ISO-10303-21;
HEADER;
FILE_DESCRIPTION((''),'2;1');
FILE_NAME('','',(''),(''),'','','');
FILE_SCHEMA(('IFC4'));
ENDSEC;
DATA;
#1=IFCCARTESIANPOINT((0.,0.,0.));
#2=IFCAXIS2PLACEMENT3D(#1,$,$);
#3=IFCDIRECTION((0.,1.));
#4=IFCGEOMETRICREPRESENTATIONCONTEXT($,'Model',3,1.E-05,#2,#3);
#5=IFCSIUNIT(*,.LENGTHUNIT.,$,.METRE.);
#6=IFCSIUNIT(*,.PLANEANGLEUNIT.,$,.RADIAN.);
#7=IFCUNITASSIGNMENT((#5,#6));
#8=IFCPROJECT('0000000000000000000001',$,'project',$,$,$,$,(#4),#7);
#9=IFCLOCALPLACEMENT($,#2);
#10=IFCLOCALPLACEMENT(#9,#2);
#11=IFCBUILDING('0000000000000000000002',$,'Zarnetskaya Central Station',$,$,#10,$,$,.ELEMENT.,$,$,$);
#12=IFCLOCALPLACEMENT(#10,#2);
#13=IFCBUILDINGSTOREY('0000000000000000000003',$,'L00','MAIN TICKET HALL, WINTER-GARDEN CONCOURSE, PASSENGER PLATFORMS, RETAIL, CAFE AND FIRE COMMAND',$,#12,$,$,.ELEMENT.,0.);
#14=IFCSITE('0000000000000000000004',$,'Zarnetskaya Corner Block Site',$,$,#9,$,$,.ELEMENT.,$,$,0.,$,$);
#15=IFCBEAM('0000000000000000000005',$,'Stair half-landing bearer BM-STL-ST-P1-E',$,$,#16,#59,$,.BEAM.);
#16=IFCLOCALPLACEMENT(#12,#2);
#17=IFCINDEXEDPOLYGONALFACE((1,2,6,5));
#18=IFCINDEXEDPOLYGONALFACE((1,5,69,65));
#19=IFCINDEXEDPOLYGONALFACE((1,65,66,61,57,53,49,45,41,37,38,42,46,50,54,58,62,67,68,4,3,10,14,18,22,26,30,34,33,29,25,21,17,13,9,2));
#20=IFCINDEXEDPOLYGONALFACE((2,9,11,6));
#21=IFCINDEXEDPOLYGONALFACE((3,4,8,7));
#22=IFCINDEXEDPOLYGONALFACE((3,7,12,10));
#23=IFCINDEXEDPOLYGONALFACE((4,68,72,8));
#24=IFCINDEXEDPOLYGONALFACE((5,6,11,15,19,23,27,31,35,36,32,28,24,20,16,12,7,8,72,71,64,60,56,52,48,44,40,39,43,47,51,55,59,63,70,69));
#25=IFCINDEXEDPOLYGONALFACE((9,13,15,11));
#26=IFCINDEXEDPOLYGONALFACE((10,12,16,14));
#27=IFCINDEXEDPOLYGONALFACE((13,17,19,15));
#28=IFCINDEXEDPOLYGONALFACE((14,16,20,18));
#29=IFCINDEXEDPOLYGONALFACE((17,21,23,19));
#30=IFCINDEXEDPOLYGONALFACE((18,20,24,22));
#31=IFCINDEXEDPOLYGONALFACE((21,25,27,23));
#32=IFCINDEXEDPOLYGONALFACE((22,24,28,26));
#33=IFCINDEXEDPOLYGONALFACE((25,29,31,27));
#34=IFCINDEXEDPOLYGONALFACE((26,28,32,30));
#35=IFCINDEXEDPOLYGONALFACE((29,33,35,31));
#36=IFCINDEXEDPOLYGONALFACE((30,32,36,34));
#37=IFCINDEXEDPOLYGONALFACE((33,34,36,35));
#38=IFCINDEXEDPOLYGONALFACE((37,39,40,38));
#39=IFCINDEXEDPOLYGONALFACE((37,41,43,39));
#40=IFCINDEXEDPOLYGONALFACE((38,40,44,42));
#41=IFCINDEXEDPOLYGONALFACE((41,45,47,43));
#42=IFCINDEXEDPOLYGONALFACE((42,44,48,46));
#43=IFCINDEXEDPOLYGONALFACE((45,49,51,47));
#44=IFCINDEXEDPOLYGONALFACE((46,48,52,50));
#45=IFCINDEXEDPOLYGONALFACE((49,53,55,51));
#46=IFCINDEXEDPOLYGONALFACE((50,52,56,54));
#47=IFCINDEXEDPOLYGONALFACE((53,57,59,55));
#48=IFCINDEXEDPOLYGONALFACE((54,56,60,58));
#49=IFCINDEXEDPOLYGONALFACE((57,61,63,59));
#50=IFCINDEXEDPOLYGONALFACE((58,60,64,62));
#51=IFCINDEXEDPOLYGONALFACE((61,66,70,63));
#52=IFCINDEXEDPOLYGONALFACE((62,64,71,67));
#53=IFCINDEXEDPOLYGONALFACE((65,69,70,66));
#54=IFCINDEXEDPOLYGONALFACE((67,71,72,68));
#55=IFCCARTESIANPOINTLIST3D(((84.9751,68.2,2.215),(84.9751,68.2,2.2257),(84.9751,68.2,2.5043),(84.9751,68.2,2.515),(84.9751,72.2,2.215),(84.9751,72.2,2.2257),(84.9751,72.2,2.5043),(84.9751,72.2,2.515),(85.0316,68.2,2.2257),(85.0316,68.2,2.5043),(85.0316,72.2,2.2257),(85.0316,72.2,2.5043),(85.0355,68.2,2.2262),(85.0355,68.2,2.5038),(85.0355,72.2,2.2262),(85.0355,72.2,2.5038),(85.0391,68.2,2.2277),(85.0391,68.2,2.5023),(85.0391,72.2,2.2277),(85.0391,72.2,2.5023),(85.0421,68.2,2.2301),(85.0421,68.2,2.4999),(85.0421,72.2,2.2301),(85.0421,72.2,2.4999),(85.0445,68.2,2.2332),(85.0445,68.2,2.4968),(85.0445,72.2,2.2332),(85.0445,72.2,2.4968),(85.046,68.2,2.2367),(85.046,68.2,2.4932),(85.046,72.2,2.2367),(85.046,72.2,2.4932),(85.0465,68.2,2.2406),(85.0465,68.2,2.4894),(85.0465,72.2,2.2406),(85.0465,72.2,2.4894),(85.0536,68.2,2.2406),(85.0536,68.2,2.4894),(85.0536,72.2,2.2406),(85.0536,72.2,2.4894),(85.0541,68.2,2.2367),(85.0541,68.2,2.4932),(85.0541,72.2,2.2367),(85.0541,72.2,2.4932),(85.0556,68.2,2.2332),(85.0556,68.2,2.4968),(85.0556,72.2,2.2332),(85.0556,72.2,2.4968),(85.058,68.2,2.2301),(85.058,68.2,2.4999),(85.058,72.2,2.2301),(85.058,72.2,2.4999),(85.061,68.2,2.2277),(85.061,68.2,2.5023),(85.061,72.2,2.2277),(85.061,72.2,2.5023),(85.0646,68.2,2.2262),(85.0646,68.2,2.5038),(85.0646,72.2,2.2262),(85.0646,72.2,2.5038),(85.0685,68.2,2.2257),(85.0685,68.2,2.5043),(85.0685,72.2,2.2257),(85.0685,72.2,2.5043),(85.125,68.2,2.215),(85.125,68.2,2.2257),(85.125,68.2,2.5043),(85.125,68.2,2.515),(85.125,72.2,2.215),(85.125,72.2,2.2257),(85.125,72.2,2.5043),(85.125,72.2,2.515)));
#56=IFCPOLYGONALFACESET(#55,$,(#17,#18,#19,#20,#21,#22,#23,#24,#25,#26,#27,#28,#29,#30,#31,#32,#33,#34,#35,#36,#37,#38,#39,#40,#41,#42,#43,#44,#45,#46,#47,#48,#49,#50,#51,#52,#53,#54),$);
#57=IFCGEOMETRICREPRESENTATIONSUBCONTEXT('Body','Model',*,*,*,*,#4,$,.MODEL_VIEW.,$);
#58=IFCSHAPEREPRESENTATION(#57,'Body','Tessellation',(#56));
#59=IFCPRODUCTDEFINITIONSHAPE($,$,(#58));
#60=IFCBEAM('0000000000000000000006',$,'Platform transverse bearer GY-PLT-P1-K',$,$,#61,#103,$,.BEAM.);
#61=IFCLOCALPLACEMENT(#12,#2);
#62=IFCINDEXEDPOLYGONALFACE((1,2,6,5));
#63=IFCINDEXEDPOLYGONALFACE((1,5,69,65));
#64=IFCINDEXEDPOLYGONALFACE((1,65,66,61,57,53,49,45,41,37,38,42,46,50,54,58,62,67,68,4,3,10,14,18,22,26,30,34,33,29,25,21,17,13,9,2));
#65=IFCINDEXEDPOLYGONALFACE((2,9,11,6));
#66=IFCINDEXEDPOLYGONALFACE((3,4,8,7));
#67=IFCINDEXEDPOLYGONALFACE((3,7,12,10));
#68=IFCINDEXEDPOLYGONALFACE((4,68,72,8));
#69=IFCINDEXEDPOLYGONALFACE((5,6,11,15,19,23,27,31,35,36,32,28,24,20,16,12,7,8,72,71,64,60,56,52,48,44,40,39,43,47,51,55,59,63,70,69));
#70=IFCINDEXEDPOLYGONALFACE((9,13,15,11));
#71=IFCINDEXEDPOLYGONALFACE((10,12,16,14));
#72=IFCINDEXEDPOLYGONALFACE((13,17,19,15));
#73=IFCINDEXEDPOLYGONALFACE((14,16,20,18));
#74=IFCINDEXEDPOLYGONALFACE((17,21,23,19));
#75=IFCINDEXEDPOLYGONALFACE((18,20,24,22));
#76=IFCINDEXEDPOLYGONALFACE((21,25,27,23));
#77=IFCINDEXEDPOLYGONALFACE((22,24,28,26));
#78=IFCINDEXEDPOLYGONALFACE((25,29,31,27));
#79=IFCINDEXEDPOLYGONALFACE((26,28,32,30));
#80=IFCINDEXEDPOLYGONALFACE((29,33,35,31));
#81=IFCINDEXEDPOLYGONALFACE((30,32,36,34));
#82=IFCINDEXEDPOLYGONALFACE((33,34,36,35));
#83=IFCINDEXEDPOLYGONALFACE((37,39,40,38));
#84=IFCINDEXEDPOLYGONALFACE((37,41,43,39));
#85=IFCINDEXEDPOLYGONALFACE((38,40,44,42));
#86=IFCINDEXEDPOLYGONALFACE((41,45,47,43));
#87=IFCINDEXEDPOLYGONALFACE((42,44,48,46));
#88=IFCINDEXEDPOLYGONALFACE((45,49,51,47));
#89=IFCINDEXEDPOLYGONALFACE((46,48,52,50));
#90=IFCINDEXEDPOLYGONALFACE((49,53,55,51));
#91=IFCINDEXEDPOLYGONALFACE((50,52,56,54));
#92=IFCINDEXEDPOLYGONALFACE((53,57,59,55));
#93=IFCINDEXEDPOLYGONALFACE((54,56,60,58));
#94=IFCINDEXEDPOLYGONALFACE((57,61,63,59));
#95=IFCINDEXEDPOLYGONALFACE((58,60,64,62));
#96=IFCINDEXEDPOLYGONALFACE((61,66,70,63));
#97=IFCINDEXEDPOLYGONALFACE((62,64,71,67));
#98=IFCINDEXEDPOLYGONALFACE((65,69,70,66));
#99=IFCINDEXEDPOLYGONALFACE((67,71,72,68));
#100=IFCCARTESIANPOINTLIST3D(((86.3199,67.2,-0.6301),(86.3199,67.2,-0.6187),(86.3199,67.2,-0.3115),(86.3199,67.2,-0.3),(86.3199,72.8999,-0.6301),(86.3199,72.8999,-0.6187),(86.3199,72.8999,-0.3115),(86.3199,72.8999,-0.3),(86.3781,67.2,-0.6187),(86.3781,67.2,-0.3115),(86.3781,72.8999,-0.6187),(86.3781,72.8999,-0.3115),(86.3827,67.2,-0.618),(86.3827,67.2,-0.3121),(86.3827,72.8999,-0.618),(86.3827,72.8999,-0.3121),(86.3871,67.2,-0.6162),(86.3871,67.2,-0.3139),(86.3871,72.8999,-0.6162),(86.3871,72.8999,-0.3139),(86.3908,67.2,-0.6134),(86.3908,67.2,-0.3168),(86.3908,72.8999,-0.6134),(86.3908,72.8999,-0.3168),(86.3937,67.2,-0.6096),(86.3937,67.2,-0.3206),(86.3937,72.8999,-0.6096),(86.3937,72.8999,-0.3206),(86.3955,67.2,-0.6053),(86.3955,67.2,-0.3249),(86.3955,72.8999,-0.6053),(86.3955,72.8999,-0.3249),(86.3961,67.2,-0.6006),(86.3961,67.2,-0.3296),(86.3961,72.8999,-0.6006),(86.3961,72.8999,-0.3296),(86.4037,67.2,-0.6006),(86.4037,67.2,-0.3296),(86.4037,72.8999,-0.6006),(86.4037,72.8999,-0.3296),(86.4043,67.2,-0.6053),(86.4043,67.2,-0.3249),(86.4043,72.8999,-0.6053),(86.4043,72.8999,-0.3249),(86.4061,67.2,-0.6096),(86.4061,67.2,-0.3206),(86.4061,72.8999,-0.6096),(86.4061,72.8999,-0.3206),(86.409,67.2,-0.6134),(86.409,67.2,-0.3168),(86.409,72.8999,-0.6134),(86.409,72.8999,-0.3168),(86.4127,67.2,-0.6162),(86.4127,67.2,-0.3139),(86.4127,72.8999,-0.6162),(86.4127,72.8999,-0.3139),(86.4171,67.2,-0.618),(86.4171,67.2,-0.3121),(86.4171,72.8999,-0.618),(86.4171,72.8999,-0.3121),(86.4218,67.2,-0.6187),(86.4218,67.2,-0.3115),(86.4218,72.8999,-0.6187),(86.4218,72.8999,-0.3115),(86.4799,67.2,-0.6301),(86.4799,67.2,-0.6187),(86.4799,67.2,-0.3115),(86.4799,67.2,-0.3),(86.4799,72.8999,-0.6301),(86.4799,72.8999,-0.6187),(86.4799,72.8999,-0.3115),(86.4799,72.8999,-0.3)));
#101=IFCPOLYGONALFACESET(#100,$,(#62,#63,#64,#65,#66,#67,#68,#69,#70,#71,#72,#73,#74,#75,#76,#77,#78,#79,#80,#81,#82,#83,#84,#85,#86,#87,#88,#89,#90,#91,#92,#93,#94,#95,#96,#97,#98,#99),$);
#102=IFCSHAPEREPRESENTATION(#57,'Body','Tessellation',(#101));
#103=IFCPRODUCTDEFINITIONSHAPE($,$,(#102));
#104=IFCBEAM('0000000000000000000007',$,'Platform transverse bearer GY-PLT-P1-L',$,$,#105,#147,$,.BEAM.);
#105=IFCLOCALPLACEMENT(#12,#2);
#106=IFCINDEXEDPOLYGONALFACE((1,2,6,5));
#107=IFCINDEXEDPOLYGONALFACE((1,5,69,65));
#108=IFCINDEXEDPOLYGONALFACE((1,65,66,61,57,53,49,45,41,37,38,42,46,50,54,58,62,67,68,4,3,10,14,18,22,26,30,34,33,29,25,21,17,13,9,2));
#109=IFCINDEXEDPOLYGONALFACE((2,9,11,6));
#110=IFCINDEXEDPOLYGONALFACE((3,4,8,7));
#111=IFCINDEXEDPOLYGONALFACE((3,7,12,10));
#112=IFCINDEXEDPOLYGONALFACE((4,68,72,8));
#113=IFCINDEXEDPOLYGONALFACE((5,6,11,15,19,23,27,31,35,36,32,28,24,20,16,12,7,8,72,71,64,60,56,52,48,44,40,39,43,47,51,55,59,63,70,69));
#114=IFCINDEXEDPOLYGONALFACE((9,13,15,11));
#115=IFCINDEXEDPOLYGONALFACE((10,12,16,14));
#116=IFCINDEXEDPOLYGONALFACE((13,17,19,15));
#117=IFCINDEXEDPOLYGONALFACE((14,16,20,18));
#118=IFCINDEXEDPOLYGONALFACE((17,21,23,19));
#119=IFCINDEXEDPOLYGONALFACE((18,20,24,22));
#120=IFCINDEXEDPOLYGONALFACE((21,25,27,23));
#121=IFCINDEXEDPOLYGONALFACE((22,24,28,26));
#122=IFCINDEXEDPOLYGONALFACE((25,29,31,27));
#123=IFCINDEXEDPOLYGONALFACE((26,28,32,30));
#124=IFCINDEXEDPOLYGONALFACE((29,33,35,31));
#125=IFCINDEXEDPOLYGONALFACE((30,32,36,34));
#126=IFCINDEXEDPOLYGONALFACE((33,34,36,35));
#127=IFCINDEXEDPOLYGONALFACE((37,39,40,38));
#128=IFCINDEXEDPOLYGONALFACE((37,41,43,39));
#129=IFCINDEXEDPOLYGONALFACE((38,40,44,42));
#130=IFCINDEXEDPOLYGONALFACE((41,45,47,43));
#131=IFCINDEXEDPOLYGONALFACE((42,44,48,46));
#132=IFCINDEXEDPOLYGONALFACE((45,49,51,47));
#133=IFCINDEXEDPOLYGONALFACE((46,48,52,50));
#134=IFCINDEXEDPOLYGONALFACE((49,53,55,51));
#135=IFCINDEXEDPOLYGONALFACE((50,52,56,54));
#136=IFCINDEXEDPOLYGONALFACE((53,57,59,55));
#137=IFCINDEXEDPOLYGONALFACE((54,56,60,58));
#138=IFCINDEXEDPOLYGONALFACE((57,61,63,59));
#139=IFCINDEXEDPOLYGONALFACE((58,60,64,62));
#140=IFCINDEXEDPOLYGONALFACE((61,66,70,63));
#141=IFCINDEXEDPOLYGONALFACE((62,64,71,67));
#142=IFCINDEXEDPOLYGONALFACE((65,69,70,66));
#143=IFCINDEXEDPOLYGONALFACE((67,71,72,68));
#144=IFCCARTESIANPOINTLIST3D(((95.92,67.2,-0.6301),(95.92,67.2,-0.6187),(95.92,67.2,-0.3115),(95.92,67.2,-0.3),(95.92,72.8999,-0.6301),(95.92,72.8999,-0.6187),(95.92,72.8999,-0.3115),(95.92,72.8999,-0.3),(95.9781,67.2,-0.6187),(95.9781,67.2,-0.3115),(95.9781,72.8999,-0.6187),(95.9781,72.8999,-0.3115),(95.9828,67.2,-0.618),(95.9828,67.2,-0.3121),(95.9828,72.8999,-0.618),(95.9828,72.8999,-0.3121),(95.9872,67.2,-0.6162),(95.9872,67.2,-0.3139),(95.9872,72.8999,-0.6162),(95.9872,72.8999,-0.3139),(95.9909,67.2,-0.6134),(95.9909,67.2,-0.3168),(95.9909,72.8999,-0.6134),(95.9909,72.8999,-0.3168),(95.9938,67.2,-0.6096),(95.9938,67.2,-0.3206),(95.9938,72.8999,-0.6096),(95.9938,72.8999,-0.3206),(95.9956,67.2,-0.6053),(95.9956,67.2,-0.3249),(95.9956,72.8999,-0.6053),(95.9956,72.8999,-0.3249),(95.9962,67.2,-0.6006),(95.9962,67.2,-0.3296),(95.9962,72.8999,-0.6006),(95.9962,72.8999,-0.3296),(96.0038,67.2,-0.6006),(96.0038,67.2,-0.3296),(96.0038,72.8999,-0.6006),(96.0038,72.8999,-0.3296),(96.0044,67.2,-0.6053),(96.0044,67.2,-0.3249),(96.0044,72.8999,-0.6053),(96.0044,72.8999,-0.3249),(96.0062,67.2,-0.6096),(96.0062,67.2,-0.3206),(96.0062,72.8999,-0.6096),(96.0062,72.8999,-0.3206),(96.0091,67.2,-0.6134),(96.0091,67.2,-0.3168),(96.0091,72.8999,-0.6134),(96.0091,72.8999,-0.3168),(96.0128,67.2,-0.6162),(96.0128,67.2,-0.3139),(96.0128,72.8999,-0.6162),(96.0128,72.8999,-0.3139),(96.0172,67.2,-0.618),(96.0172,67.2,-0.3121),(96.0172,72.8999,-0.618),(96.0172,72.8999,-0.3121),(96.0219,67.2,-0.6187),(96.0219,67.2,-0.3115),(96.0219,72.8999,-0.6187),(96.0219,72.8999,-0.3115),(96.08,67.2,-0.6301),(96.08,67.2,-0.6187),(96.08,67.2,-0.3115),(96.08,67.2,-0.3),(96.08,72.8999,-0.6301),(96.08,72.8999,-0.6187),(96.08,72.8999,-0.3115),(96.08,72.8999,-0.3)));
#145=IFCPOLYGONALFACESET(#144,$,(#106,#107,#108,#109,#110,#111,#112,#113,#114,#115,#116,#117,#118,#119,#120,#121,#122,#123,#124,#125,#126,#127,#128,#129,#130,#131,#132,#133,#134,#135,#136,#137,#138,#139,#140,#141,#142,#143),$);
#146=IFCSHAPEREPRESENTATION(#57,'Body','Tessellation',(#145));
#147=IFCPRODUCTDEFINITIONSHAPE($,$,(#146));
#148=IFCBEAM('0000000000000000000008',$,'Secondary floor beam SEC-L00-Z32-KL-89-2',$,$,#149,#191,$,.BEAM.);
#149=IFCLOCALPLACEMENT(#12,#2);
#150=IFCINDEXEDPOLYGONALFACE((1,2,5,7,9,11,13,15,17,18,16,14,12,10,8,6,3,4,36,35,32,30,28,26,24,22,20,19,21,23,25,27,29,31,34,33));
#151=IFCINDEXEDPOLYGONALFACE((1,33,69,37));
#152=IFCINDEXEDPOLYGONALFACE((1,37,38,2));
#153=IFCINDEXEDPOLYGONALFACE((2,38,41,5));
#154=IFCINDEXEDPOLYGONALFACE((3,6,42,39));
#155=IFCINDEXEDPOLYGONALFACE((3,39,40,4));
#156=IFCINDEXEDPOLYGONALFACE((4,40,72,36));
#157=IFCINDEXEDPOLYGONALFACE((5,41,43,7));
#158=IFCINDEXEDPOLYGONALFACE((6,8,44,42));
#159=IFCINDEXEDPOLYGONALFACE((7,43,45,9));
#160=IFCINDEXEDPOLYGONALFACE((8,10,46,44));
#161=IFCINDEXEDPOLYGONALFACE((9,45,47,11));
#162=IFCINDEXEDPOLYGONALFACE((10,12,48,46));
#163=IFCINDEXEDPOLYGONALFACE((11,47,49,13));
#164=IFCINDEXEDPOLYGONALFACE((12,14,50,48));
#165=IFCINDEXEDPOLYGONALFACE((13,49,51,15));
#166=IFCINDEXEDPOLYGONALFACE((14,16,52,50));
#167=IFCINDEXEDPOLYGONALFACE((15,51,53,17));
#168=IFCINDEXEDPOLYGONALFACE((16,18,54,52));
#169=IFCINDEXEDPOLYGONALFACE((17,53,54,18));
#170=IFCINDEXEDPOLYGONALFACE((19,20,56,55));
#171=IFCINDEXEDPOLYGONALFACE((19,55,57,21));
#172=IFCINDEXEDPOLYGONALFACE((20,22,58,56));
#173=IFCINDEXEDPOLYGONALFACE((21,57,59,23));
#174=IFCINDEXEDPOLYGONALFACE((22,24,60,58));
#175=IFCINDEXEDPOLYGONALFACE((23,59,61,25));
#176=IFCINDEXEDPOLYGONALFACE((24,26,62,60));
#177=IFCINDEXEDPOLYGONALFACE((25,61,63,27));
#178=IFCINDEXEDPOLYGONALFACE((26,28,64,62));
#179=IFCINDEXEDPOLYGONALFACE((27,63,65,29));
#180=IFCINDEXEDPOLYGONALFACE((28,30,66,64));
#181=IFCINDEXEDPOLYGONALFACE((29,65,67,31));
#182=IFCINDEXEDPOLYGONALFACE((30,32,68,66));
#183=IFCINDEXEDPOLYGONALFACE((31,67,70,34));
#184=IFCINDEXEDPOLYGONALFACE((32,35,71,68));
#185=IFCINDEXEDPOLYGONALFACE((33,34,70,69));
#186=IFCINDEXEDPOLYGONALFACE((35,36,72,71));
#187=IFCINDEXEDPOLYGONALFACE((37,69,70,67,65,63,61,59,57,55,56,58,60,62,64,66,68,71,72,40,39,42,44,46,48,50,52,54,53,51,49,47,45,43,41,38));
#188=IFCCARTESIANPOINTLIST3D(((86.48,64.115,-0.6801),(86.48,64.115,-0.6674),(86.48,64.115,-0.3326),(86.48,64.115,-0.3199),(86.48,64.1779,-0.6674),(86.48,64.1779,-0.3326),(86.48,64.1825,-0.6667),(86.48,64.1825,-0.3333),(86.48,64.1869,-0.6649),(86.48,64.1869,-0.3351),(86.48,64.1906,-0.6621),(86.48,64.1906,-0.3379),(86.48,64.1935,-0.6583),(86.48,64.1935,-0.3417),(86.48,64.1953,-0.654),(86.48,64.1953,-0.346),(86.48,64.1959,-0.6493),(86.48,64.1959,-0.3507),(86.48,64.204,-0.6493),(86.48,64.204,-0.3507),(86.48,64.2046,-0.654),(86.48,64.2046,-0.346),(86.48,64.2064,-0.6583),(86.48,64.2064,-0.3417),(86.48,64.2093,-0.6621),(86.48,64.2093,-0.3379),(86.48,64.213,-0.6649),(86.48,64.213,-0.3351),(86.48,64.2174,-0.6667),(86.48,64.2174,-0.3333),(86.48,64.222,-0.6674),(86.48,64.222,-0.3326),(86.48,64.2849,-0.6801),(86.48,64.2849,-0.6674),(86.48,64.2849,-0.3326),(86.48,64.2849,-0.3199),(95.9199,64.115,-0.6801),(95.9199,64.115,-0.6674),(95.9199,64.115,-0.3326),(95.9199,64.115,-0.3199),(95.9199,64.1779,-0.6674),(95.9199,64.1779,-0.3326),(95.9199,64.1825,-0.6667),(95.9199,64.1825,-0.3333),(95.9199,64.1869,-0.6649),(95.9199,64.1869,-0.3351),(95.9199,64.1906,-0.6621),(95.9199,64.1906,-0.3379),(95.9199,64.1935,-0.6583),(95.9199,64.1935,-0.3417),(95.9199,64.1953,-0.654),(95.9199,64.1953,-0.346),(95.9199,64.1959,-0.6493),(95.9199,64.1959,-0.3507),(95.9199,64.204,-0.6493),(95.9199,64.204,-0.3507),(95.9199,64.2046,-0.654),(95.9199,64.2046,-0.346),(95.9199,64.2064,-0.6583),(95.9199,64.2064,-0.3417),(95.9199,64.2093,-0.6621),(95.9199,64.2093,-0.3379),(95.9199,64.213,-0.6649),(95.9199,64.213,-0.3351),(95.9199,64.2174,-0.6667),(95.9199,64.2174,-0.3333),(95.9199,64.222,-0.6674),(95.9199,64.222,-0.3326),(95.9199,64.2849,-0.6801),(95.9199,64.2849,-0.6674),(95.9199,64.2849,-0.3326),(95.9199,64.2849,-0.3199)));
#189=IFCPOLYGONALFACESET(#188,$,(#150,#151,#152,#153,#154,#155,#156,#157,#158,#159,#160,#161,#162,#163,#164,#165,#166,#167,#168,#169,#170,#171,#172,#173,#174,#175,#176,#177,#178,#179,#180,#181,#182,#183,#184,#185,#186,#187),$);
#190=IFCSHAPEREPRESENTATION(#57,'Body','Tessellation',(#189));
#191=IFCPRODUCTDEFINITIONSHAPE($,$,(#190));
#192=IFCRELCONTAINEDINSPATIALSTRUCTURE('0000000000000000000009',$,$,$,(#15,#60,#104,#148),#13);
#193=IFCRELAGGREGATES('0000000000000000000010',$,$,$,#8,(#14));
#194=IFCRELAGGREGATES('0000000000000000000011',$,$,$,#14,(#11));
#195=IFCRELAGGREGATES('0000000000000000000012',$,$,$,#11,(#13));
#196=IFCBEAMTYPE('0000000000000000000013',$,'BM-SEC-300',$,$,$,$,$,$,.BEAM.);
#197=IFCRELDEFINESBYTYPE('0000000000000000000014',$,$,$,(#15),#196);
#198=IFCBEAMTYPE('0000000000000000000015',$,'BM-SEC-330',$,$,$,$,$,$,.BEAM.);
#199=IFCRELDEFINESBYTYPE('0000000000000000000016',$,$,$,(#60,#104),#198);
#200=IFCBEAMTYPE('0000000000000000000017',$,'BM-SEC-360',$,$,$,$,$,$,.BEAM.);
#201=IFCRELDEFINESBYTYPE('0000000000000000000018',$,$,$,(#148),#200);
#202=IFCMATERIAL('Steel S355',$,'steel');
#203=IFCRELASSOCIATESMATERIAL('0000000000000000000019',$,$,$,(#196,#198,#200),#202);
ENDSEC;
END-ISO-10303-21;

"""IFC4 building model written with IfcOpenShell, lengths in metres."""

from ifc_helpers import new_model, si_unit, direction, frame, origin, origin_2d, place, context, subcontext, project, spatial, i_section, extrude, material, material_profile, profile_set, type_object, element, save


model = new_model("IFC4")

# Units and contexts
model_context = context("Model", 3, precision=1e-05, world=origin(), true_north=direction((0.0, 1.0)))
body_context = subcontext(model_context, "Body", "Model", "MODEL_VIEW")
ifc_project = project(units=[si_unit("LENGTHUNIT", "METRE"), si_unit("PLANEANGLEUNIT", "RADIAN")], contexts=[model_context])

# Site, building, storey
site_placement = place(None, origin())
site = spatial("IfcSite", under=ifc_project, at=site_placement, Name="Zarnetskaya Corner Block Site", CompositionType="ELEMENT", RefElevation=0.0)
building_placement = place(site_placement, origin())
building = spatial("IfcBuilding", under=site, at=building_placement, Name="Zarnetskaya Central Station", CompositionType="ELEMENT")
storey_placement = place(building_placement, origin())
storey = spatial("IfcBuildingStorey", under=building, at=storey_placement, Name="L00", Description="MAIN TICKET HALL, WINTER-GARDEN CONCOURSE, PASSENGER PLATFORMS, RETAIL, CAFE AND FIRE COMMAND", CompositionType="ELEMENT", Elevation=0.0)

# Shared definitions
ifc_material_1 = material(Name="Steel S355", Category="steel")

# Beams
ifc_material_profile_1 = material_profile(ifc_material_1, i_section(OverallWidth=0.1499, OverallDepth=0.3, WebThickness=0.0071, FlangeThickness=0.0107, FilletRadius=0.0149, at=origin_2d()), Name="IPE 300")
ifc_profile_set_1 = profile_set([ifc_material_profile_1], Name="Steel S355")
beam_type_1 = type_object("IfcBeamType", Name="BM-SEC-300", PredefinedType="BEAM", material=ifc_profile_set_1)
for number, where, z_axis, x_axis, name in (
    (1, (85.05, 68.2, 2.365), (0.0, 1.0, 0.0), (-1.0, 0.0, 0.0), "Stair half-landing bearer BM-STL-ST-P1-E"),
):
    element("IfcBeam", number, at=place(storey_placement, frame(where, z_axis=z_axis, x_axis=x_axis)), inside=storey, type_object=beam_type_1, Name=name, PredefinedType="BEAM", context=body_context, shape_type="SweptSolid", body=[
        extrude(i_section(OverallWidth=0.1499, OverallDepth=0.3, WebThickness=0.0071, FlangeThickness=0.0107, FilletRadius=0.0149, at=origin_2d()), origin(), (0.0, 0.0, 1.0), 4.0),
    ])
ifc_material_profile_2 = material_profile(ifc_material_1, i_section(OverallWidth=0.1599, OverallDepth=0.3301, WebThickness=0.0076, FlangeThickness=0.0115, FilletRadius=0.0181, at=origin_2d()), Name="IPE 330")
ifc_profile_set_2 = profile_set([ifc_material_profile_2], Name="Steel S355")
beam_type_2 = type_object("IfcBeamType", Name="BM-SEC-330", PredefinedType="BEAM", material=ifc_profile_set_2)
for number, where, z_axis, x_axis, name in (
    (2, (86.3999, 67.2, -0.4651), (0.0, 1.0, 0.0), (-1.0, 0.0, 0.0), "Platform transverse bearer GY-PLT-P1-K"),
    (3, (96.0, 67.2, -0.4651), (0.0, 1.0, 0.0), (-1.0, 0.0, 0.0), "Platform transverse bearer GY-PLT-P1-L"),
):
    element("IfcBeam", number, at=place(storey_placement, frame(where, z_axis=z_axis, x_axis=x_axis)), inside=storey, type_object=beam_type_2, Name=name, PredefinedType="BEAM", context=body_context, shape_type="SweptSolid", body=[
        extrude(i_section(OverallWidth=0.1599, OverallDepth=0.3301, WebThickness=0.0076, FlangeThickness=0.0115, FilletRadius=0.0181, at=origin_2d()), origin(), (0.0, 0.0, 1.0), 5.7),
    ])
ifc_material_profile_3 = material_profile(ifc_material_1, i_section(OverallWidth=0.1699, OverallDepth=0.3601, WebThickness=0.0081, FlangeThickness=0.0127, FilletRadius=0.0181, at=origin_2d()), Name="IPE 360")
ifc_profile_set_3 = profile_set([ifc_material_profile_3], Name="Steel S355")
beam_type_3 = type_object("IfcBeamType", Name="BM-SEC-360", PredefinedType="BEAM", material=ifc_profile_set_3)
for number, where, z_axis, x_axis, name in (
    (4, (86.48, 64.2, -0.5), (1.0, 0.0, 0.0), (0.0, 1.0, 0.0), "Secondary floor beam SEC-L00-Z32-KL-89-2"),
):
    element("IfcBeam", number, at=place(storey_placement, frame(where, z_axis=z_axis, x_axis=x_axis)), inside=storey, type_object=beam_type_3, Name=name, PredefinedType="BEAM", context=body_context, shape_type="SweptSolid", body=[
        extrude(i_section(OverallWidth=0.1699, OverallDepth=0.3601, WebThickness=0.0081, FlangeThickness=0.0127, FilletRadius=0.0181, at=origin_2d()), origin(), (0.0, 0.0, 1.0), 9.4399),
    ])

save(model, "model.ifc")
